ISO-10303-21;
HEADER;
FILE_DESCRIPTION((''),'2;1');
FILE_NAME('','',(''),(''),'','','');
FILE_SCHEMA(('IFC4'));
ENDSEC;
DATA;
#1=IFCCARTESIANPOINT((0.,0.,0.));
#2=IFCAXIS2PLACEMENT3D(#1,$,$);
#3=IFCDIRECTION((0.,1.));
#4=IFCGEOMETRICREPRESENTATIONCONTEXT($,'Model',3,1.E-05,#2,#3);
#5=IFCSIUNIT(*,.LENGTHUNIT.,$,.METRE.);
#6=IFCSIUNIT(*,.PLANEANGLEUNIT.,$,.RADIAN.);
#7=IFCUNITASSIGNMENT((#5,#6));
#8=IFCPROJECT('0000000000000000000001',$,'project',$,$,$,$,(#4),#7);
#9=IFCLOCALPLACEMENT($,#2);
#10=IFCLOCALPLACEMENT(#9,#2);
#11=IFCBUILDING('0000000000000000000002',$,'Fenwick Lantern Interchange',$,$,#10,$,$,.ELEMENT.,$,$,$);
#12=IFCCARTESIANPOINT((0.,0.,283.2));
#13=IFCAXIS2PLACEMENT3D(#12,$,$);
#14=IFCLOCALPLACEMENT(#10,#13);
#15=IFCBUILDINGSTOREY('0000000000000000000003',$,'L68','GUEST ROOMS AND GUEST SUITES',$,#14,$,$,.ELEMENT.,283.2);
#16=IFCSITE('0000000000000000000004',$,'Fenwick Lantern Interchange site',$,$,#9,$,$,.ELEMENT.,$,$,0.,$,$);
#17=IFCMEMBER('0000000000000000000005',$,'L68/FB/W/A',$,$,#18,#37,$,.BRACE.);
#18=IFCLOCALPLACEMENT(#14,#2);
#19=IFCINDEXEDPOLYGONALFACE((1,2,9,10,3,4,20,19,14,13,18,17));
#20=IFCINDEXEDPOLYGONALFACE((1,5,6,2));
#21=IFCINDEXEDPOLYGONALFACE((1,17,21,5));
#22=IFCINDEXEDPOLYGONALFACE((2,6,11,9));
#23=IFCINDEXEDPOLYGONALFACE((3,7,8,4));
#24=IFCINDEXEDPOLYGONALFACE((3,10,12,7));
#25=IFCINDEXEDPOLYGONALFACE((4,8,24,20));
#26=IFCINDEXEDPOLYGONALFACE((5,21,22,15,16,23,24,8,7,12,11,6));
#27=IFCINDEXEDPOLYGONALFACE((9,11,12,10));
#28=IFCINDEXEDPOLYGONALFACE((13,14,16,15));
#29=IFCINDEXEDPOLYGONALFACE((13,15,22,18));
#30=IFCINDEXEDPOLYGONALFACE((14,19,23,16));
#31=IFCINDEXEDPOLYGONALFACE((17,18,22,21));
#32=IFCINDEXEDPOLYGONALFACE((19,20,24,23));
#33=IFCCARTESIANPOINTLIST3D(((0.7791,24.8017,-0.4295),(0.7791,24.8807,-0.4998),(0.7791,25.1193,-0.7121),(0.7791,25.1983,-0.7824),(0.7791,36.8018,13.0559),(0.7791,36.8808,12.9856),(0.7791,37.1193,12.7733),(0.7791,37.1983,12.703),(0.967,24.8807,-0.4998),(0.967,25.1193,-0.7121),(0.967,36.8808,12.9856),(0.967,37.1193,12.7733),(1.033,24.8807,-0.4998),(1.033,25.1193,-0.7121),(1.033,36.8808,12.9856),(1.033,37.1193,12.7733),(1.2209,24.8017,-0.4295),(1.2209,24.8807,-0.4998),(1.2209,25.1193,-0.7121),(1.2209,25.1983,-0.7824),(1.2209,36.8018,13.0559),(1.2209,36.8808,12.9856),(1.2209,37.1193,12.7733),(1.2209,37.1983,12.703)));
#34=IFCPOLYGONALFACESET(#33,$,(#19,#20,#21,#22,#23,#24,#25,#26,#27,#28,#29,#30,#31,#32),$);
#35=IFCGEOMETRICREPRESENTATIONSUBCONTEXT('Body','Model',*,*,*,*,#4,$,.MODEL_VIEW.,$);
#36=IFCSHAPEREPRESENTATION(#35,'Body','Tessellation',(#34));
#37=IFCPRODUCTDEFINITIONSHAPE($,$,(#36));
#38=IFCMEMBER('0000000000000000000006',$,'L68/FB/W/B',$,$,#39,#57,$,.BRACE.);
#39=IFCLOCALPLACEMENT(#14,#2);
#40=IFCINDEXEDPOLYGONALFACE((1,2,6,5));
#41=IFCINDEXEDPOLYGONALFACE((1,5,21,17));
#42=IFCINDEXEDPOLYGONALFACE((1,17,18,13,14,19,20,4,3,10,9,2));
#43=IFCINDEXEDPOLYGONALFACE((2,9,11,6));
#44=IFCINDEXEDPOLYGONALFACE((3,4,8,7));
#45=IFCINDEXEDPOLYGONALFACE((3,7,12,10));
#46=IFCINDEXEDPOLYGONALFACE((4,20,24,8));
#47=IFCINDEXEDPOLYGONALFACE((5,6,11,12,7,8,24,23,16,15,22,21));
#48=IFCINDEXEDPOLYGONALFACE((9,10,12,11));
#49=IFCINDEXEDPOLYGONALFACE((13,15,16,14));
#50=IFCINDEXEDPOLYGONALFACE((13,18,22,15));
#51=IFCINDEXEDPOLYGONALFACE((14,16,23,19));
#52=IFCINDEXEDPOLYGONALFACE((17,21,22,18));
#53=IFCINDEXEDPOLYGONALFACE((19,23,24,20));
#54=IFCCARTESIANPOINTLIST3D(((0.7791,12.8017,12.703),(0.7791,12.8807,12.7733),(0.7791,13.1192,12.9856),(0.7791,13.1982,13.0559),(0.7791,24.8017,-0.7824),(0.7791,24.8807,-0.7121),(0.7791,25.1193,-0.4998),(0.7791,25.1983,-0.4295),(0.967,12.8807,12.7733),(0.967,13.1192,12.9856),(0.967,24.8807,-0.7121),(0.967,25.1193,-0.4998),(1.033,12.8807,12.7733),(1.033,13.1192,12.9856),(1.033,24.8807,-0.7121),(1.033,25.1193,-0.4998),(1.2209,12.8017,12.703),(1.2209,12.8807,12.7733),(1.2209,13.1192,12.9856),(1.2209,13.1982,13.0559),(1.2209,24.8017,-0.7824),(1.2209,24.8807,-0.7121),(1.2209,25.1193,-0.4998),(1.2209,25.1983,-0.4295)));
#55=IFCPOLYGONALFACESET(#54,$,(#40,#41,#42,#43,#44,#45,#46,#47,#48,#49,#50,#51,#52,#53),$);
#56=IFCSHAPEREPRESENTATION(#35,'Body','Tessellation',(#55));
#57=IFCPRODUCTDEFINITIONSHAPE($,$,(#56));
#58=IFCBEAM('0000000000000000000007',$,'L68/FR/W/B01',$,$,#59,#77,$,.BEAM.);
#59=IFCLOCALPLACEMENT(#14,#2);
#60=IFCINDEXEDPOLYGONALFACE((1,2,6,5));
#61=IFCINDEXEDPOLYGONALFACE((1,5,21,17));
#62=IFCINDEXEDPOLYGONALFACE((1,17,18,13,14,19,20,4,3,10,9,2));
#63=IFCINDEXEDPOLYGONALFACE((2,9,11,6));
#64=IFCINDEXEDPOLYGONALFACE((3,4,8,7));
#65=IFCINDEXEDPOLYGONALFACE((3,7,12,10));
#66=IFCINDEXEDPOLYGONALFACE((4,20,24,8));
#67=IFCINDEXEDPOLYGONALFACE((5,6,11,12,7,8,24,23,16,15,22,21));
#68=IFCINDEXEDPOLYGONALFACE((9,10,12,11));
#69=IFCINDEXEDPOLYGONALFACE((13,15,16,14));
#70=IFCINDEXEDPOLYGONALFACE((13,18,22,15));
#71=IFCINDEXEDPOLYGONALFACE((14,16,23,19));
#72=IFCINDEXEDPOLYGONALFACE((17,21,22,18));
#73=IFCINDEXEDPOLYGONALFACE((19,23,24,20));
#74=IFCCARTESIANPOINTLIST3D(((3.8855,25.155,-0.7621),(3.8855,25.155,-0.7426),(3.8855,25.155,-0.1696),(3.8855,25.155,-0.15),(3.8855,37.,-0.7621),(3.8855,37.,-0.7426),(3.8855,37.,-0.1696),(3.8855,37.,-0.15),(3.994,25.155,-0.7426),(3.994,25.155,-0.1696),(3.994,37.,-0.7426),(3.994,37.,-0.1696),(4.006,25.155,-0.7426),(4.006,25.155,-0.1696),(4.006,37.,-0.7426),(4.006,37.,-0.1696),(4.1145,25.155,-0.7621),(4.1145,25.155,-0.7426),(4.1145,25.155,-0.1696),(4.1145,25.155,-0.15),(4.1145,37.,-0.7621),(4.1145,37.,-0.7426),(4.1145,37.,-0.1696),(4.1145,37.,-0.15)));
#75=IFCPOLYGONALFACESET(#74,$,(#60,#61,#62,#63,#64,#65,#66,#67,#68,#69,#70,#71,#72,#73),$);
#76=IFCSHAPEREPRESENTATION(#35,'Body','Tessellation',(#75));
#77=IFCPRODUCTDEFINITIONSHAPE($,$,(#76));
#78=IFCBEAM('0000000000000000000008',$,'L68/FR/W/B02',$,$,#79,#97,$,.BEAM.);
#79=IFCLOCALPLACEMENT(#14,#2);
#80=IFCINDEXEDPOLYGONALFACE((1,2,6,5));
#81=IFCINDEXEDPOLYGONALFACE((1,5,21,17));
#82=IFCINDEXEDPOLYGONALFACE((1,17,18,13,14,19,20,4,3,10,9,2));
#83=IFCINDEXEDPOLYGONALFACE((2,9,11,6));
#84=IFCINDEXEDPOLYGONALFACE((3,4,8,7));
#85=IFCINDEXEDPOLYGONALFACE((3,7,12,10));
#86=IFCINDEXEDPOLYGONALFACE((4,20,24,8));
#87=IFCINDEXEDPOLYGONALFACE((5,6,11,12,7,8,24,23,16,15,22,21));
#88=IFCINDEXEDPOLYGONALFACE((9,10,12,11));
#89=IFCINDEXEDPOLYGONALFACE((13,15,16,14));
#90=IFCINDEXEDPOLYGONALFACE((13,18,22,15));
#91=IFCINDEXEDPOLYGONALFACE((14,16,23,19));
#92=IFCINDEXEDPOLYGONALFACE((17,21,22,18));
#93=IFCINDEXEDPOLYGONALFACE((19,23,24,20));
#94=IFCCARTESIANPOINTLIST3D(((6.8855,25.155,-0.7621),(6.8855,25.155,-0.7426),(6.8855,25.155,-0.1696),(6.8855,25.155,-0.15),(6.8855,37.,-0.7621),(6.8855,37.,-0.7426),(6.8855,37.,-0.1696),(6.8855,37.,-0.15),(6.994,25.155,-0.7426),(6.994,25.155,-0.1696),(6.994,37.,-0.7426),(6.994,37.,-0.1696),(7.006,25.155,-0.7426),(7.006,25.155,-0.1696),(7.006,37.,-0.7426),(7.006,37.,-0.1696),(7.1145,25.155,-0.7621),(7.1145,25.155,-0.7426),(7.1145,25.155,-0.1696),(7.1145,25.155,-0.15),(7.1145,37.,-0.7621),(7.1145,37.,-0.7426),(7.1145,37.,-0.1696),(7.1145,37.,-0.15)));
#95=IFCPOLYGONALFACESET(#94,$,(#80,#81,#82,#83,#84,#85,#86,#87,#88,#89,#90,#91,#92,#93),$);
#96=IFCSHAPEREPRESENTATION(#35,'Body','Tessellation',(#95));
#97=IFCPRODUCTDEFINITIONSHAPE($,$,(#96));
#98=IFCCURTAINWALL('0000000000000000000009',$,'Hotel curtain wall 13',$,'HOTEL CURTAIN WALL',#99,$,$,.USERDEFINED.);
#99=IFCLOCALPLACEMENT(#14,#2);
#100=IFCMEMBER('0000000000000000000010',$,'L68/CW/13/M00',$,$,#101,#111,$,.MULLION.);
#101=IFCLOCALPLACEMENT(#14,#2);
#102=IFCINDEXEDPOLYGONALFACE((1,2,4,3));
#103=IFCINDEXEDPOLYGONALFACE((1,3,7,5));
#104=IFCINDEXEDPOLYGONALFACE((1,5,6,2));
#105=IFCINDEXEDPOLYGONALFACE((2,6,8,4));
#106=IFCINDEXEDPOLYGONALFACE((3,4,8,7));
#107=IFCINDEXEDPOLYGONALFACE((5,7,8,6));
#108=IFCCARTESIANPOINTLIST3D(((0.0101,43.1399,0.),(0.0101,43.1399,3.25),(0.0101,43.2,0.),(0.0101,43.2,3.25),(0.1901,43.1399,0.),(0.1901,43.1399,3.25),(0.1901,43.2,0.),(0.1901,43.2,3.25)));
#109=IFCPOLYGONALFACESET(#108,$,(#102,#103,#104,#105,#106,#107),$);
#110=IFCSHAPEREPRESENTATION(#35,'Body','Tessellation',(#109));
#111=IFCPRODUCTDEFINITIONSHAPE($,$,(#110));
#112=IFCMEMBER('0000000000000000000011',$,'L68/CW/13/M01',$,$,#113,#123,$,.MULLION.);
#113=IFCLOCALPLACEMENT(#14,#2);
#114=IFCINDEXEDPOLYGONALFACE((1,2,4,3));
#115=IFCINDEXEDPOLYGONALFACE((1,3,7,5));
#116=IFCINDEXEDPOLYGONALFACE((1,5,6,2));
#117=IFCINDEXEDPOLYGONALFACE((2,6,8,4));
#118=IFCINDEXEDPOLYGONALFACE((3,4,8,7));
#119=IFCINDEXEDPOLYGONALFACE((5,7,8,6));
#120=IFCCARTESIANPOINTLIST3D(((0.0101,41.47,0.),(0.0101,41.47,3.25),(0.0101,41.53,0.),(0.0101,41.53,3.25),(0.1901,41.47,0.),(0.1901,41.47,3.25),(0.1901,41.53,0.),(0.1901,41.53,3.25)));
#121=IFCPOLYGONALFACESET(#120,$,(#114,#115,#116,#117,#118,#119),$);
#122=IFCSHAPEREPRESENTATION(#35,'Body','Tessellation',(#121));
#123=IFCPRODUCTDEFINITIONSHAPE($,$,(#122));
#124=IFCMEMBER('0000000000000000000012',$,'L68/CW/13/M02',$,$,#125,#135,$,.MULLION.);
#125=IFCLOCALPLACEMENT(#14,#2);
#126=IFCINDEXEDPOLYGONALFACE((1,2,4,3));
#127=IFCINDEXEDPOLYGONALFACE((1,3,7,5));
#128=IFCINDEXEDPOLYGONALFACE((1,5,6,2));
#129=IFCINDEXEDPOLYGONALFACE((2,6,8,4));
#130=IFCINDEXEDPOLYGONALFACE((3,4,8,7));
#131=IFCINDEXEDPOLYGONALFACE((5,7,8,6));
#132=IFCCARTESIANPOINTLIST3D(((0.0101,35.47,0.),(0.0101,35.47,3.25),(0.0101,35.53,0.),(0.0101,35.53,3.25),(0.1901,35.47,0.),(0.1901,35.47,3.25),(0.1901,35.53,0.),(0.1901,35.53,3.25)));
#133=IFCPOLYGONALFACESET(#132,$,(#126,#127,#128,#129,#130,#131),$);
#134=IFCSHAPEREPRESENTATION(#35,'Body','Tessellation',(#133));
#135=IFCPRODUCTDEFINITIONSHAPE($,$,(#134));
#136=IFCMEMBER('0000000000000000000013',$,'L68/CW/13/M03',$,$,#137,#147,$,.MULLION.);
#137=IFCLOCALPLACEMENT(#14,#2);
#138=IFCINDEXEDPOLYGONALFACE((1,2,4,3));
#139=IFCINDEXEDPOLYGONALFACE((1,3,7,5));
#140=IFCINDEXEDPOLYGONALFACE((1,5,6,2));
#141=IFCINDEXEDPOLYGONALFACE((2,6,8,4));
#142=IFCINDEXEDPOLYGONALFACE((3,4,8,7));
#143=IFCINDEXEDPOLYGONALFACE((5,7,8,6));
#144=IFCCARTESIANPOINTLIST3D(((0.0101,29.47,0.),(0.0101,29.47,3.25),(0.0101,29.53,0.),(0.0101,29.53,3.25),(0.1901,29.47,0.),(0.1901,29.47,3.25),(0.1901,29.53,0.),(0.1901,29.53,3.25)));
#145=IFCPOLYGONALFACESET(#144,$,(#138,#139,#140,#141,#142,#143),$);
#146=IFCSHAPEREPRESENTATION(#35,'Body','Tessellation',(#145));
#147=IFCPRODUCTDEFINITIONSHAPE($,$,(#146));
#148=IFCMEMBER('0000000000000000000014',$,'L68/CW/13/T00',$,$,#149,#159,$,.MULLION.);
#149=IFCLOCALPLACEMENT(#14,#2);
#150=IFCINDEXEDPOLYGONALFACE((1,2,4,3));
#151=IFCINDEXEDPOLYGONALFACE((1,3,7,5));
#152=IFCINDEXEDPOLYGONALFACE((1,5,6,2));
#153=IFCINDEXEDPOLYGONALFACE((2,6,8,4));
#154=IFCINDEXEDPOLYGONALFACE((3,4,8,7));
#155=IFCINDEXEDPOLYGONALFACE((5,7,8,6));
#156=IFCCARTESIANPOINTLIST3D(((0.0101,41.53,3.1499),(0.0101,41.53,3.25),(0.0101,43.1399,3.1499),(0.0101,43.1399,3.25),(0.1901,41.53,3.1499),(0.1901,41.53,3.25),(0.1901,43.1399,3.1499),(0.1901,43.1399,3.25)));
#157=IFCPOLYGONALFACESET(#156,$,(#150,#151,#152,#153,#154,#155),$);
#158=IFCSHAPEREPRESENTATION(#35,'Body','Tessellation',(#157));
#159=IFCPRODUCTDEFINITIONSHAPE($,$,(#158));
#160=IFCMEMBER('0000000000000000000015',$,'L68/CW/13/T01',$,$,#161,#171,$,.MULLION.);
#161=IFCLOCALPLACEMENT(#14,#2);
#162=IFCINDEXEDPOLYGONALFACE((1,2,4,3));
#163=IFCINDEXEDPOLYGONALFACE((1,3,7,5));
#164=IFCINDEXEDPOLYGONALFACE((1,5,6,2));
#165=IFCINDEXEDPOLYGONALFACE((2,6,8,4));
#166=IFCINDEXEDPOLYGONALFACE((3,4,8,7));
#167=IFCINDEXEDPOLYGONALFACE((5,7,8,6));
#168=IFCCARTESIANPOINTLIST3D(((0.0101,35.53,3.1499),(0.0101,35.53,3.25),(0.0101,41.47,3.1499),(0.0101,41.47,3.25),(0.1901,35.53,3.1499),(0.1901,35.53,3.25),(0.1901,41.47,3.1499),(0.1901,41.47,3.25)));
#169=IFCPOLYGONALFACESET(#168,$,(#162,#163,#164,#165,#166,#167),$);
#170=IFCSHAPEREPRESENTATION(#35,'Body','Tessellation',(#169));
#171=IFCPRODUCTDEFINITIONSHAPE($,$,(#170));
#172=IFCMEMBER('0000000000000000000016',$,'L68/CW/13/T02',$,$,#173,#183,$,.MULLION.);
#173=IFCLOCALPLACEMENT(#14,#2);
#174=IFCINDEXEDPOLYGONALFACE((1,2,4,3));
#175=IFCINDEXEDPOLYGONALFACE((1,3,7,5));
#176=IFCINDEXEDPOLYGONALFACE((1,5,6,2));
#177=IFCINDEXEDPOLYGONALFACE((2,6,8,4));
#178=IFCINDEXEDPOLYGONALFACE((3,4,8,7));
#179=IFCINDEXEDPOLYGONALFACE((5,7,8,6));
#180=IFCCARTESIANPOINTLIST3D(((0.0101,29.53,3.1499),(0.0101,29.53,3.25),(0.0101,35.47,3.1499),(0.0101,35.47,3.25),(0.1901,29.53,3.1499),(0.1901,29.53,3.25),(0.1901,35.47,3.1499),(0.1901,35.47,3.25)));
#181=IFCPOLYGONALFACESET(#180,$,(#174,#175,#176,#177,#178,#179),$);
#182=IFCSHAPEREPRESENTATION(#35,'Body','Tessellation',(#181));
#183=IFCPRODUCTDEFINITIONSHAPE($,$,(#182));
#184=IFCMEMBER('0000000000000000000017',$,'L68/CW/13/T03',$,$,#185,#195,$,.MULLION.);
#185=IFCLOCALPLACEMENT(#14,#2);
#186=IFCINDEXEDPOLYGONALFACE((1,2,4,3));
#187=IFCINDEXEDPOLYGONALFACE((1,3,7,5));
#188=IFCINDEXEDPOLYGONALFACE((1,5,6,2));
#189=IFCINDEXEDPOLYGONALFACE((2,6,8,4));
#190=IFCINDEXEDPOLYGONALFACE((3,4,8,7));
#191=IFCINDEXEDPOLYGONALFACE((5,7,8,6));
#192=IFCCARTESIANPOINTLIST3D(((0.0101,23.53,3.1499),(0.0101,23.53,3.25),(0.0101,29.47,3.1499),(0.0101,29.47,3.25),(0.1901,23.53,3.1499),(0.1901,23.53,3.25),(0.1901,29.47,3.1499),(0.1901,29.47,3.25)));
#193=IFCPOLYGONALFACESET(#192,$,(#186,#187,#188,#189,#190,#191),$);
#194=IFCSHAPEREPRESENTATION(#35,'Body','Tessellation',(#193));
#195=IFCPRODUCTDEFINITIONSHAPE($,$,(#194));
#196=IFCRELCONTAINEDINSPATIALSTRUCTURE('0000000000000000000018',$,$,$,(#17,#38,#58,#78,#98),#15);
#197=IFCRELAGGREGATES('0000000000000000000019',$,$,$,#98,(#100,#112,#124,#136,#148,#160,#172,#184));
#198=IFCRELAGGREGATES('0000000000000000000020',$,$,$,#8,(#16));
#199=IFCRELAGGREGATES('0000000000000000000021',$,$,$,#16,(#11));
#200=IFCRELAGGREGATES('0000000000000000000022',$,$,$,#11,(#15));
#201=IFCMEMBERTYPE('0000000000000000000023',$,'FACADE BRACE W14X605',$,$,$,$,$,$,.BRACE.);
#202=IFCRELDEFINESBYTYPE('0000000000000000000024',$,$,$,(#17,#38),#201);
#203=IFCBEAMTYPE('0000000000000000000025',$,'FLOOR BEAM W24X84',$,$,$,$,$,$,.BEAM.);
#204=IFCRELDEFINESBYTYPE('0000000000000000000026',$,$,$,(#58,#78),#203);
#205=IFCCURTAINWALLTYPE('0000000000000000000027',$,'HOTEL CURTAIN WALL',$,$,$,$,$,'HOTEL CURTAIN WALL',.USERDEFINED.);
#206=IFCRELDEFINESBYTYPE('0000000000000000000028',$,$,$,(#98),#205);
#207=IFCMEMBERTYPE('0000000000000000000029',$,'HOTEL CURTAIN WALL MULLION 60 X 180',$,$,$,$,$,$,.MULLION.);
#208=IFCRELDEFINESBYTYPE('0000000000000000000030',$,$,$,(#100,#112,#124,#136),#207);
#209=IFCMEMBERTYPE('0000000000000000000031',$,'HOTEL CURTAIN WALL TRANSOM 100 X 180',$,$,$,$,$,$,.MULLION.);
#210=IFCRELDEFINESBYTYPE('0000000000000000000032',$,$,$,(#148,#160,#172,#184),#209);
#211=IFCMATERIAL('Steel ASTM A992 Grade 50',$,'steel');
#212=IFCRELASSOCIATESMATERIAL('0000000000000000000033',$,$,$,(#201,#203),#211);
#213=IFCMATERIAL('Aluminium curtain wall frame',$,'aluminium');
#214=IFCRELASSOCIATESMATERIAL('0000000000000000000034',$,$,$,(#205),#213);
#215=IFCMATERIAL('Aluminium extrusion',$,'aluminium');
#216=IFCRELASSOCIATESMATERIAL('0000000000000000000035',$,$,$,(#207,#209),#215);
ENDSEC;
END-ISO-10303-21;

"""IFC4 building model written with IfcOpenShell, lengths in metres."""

from ifc_helpers import new_model, si_unit, direction, frame, origin, origin_2d, place, context, subcontext, project, spatial, rectangle, i_section, extrude, material, material_profile, profile_set, type_object, element, aggregate, save


model = new_model("IFC4")

# Units and contexts
model_context = context("Model", 3, precision=1e-05, world=origin(), true_north=direction((0.0, 1.0)))
body_context = subcontext(model_context, "Body", "Model", "MODEL_VIEW")
ifc_project = project(units=[si_unit("LENGTHUNIT", "METRE"), si_unit("PLANEANGLEUNIT", "RADIAN")], contexts=[model_context])

# Site, building, storey
site_placement = place(None, origin())
site = spatial("IfcSite", under=ifc_project, at=site_placement, Name="Fenwick Lantern Interchange site", CompositionType="ELEMENT", RefElevation=0.0)
building_placement = place(site_placement, origin())
building = spatial("IfcBuilding", under=site, at=building_placement, Name="Fenwick Lantern Interchange", CompositionType="ELEMENT")
storey_placement = place(building_placement, frame((0.0, 0.0, 283.2)))
storey = spatial("IfcBuildingStorey", under=building, at=storey_placement, Name="L68", Description="GUEST ROOMS AND GUEST SUITES", CompositionType="ELEMENT", Elevation=283.2)

# Shared definitions
ifc_material_1 = material(Name="Steel ASTM A992 Grade 50", Category="steel")

# Members
ifc_material_profile_1 = material_profile(ifc_material_1, i_section(OverallWidth=0.4419, OverallDepth=0.5308, WebThickness=0.0659, FlangeThickness=0.1057, at=origin_2d()), Name="W14X605")
ifc_profile_set_1 = profile_set([ifc_material_profile_1], Name="Steel ASTM A992 Grade 50")
member_type_1 = type_object("IfcMemberType", Name="FACADE BRACE W14X605", PredefinedType="BRACE", material=ifc_profile_set_1)
for number, where, z_axis, x_axis, name in (
    (1, (1.0, 25.0, -0.606), (0.0, 0.664767, 0.747051), (-1.0, 0.0, 0.0), "L68/FB/W/A"),
    (2, (1.0, 25.0, -0.606), (0.0, -0.664767, 0.747051), (1.0, 0.0, 0.0), "L68/FB/W/B"),
):
    element("IfcMember", number, at=place(storey_placement, frame(where, z_axis=z_axis, x_axis=x_axis)), inside=storey, type_object=member_type_1, Name=name, PredefinedType="BRACE", context=body_context, shape_type="SweptSolid", body=[
        extrude(i_section(OverallWidth=0.4419, OverallDepth=0.5308, WebThickness=0.0659, FlangeThickness=0.1057, at=origin_2d()), origin(), (0.0, 0.0, 1.0), 18.0515),
    ])

# Beams
ifc_material_profile_2 = material_profile(ifc_material_1, i_section(OverallWidth=0.229, OverallDepth=0.6121, WebThickness=0.012, FlangeThickness=0.0195, at=origin_2d()), Name="W24X84")
ifc_profile_set_2 = profile_set([ifc_material_profile_2], Name="Steel ASTM A992 Grade 50")
beam_type_1 = type_object("IfcBeamType", Name="FLOOR BEAM W24X84", PredefinedType="BEAM", material=ifc_profile_set_2)
for number, where, z_axis, x_axis, name in (
    (3, (4.0, 37.0, -0.4561), (0.0, -1.0, 0.0), (1.0, 0.0, 0.0), "L68/FR/W/B01"),
    (4, (7.0, 37.0, -0.4561), (0.0, -1.0, 0.0), (1.0, 0.0, 0.0), "L68/FR/W/B02"),
):
    element("IfcBeam", number, at=place(storey_placement, frame(where, z_axis=z_axis, x_axis=x_axis)), inside=storey, type_object=beam_type_1, Name=name, PredefinedType="BEAM", context=body_context, shape_type="SweptSolid", body=[
        extrude(i_section(OverallWidth=0.229, OverallDepth=0.6121, WebThickness=0.012, FlangeThickness=0.0195, at=origin_2d()), origin(), (0.0, 0.0, 1.0), 11.845),
    ])

# Curtain wall, members
ifc_material_2 = material(Name="Aluminium curtain wall frame", Category="aluminium")
curtain_wall_type = type_object("IfcCurtainWallType", Name="HOTEL CURTAIN WALL", ElementType="HOTEL CURTAIN WALL", PredefinedType="USERDEFINED", material=ifc_material_2)
curtain_wall_placement = place(storey_placement, origin())
curtain_wall = element("IfcCurtainWall", 5, at=curtain_wall_placement, inside=storey, type_object=curtain_wall_type, Name="Hotel curtain wall 13", ObjectType="HOTEL CURTAIN WALL", PredefinedType="USERDEFINED")
ifc_material_3 = material(Name="Aluminium extrusion", Category="aluminium")
ifc_material_profile_3 = material_profile(ifc_material_3, rectangle(XDim=0.1799, YDim=0.0601, at=origin_2d()), Name="HOTEL CURTAIN WALL MULLION 60 X 180")
ifc_profile_set_3 = profile_set([ifc_material_profile_3], Name="Aluminium extrusion")
member_type_2 = type_object("IfcMemberType", Name="HOTEL CURTAIN WALL MULLION 60 X 180", PredefinedType="MULLION", material=ifc_profile_set_3)
member_1_placement = place(storey_placement, frame((0.1001, 43.1699, 0.0), z_axis=(0.0, 0.0, 1.0), x_axis=(1.0, 0.0, 0.0)))
member_1 = element("IfcMember", 6, at=member_1_placement, type_object=member_type_2, Name="L68/CW/13/M00", PredefinedType="MULLION", context=body_context, shape_type="SweptSolid", body=[
    extrude(rectangle(XDim=0.1799, YDim=0.0601, at=origin_2d()), origin(), (0.0, 0.0, 1.0), 3.25),
])
member_2_placement = place(storey_placement, frame((0.1001, 41.5, 0.0), z_axis=(0.0, 0.0, 1.0), x_axis=(1.0, 0.0, 0.0)))
member_2 = element("IfcMember", 7, at=member_2_placement, type_object=member_type_2, Name="L68/CW/13/M01", PredefinedType="MULLION", context=body_context, shape_type="SweptSolid", body=[
    extrude(rectangle(XDim=0.1799, YDim=0.0601, at=origin_2d()), origin(), (0.0, 0.0, 1.0), 3.25),
])
member_3_placement = place(storey_placement, frame((0.1001, 35.5, 0.0), z_axis=(0.0, 0.0, 1.0), x_axis=(1.0, 0.0, 0.0)))
member_3 = element("IfcMember", 8, at=member_3_placement, type_object=member_type_2, Name="L68/CW/13/M02", PredefinedType="MULLION", context=body_context, shape_type="SweptSolid", body=[
    extrude(rectangle(XDim=0.1799, YDim=0.0601, at=origin_2d()), origin(), (0.0, 0.0, 1.0), 3.25),
])
member_4_placement = place(storey_placement, frame((0.1001, 29.5, 0.0), z_axis=(0.0, 0.0, 1.0), x_axis=(1.0, 0.0, 0.0)))
member_4 = element("IfcMember", 9, at=member_4_placement, type_object=member_type_2, Name="L68/CW/13/M03", PredefinedType="MULLION", context=body_context, shape_type="SweptSolid", body=[
    extrude(rectangle(XDim=0.1799, YDim=0.0601, at=origin_2d()), origin(), (0.0, 0.0, 1.0), 3.25),
])
ifc_material_profile_4 = material_profile(ifc_material_3, rectangle(XDim=0.1799, YDim=0.1001, at=origin_2d()), Name="HOTEL CURTAIN WALL TRANSOM 100 X 180")
ifc_profile_set_4 = profile_set([ifc_material_profile_4], Name="Aluminium extrusion")
member_type_3 = type_object("IfcMemberType", Name="HOTEL CURTAIN WALL TRANSOM 100 X 180", PredefinedType="MULLION", material=ifc_profile_set_4)
member_5_placement = place(storey_placement, frame((0.1001, 43.1399, 3.2), z_axis=(0.0, -1.0, 0.0), x_axis=(1.0, 0.0, 0.0)))
member_5 = element("IfcMember", 10, at=member_5_placement, type_object=member_type_3, Name="L68/CW/13/T00", PredefinedType="MULLION", context=body_context, shape_type="SweptSolid", body=[
    extrude(rectangle(XDim=0.1799, YDim=0.1001, at=origin_2d()), origin(), (0.0, 0.0, 1.0), 1.6099),
])
member_6_placement = place(storey_placement, frame((0.1001, 41.47, 3.2), z_axis=(0.0, -1.0, 0.0), x_axis=(1.0, 0.0, 0.0)))
member_6 = element("IfcMember", 11, at=member_6_placement, type_object=member_type_3, Name="L68/CW/13/T01", PredefinedType="MULLION", context=body_context, shape_type="SweptSolid", body=[
    extrude(rectangle(XDim=0.1799, YDim=0.1001, at=origin_2d()), origin(), (0.0, 0.0, 1.0), 5.9399),
])
member_7_placement = place(storey_placement, frame((0.1001, 35.47, 3.2), z_axis=(0.0, -1.0, 0.0), x_axis=(1.0, 0.0, 0.0)))
member_7 = element("IfcMember", 12, at=member_7_placement, type_object=member_type_3, Name="L68/CW/13/T02", PredefinedType="MULLION", context=body_context, shape_type="SweptSolid", body=[
    extrude(rectangle(XDim=0.1799, YDim=0.1001, at=origin_2d()), origin(), (0.0, 0.0, 1.0), 5.9399),
])
member_8_placement = place(storey_placement, frame((0.1001, 29.47, 3.2), z_axis=(0.0, -1.0, 0.0), x_axis=(1.0, 0.0, 0.0)))
member_8 = element("IfcMember", 13, at=member_8_placement, type_object=member_type_3, Name="L68/CW/13/T03", PredefinedType="MULLION", context=body_context, shape_type="SweptSolid", body=[
    extrude(rectangle(XDim=0.1799, YDim=0.1001, at=origin_2d()), origin(), (0.0, 0.0, 1.0), 5.9399),
])
aggregate(curtain_wall, [member_1, member_2, member_3, member_4, member_5, member_6, member_7, member_8])

save(model, "model.ifc")
